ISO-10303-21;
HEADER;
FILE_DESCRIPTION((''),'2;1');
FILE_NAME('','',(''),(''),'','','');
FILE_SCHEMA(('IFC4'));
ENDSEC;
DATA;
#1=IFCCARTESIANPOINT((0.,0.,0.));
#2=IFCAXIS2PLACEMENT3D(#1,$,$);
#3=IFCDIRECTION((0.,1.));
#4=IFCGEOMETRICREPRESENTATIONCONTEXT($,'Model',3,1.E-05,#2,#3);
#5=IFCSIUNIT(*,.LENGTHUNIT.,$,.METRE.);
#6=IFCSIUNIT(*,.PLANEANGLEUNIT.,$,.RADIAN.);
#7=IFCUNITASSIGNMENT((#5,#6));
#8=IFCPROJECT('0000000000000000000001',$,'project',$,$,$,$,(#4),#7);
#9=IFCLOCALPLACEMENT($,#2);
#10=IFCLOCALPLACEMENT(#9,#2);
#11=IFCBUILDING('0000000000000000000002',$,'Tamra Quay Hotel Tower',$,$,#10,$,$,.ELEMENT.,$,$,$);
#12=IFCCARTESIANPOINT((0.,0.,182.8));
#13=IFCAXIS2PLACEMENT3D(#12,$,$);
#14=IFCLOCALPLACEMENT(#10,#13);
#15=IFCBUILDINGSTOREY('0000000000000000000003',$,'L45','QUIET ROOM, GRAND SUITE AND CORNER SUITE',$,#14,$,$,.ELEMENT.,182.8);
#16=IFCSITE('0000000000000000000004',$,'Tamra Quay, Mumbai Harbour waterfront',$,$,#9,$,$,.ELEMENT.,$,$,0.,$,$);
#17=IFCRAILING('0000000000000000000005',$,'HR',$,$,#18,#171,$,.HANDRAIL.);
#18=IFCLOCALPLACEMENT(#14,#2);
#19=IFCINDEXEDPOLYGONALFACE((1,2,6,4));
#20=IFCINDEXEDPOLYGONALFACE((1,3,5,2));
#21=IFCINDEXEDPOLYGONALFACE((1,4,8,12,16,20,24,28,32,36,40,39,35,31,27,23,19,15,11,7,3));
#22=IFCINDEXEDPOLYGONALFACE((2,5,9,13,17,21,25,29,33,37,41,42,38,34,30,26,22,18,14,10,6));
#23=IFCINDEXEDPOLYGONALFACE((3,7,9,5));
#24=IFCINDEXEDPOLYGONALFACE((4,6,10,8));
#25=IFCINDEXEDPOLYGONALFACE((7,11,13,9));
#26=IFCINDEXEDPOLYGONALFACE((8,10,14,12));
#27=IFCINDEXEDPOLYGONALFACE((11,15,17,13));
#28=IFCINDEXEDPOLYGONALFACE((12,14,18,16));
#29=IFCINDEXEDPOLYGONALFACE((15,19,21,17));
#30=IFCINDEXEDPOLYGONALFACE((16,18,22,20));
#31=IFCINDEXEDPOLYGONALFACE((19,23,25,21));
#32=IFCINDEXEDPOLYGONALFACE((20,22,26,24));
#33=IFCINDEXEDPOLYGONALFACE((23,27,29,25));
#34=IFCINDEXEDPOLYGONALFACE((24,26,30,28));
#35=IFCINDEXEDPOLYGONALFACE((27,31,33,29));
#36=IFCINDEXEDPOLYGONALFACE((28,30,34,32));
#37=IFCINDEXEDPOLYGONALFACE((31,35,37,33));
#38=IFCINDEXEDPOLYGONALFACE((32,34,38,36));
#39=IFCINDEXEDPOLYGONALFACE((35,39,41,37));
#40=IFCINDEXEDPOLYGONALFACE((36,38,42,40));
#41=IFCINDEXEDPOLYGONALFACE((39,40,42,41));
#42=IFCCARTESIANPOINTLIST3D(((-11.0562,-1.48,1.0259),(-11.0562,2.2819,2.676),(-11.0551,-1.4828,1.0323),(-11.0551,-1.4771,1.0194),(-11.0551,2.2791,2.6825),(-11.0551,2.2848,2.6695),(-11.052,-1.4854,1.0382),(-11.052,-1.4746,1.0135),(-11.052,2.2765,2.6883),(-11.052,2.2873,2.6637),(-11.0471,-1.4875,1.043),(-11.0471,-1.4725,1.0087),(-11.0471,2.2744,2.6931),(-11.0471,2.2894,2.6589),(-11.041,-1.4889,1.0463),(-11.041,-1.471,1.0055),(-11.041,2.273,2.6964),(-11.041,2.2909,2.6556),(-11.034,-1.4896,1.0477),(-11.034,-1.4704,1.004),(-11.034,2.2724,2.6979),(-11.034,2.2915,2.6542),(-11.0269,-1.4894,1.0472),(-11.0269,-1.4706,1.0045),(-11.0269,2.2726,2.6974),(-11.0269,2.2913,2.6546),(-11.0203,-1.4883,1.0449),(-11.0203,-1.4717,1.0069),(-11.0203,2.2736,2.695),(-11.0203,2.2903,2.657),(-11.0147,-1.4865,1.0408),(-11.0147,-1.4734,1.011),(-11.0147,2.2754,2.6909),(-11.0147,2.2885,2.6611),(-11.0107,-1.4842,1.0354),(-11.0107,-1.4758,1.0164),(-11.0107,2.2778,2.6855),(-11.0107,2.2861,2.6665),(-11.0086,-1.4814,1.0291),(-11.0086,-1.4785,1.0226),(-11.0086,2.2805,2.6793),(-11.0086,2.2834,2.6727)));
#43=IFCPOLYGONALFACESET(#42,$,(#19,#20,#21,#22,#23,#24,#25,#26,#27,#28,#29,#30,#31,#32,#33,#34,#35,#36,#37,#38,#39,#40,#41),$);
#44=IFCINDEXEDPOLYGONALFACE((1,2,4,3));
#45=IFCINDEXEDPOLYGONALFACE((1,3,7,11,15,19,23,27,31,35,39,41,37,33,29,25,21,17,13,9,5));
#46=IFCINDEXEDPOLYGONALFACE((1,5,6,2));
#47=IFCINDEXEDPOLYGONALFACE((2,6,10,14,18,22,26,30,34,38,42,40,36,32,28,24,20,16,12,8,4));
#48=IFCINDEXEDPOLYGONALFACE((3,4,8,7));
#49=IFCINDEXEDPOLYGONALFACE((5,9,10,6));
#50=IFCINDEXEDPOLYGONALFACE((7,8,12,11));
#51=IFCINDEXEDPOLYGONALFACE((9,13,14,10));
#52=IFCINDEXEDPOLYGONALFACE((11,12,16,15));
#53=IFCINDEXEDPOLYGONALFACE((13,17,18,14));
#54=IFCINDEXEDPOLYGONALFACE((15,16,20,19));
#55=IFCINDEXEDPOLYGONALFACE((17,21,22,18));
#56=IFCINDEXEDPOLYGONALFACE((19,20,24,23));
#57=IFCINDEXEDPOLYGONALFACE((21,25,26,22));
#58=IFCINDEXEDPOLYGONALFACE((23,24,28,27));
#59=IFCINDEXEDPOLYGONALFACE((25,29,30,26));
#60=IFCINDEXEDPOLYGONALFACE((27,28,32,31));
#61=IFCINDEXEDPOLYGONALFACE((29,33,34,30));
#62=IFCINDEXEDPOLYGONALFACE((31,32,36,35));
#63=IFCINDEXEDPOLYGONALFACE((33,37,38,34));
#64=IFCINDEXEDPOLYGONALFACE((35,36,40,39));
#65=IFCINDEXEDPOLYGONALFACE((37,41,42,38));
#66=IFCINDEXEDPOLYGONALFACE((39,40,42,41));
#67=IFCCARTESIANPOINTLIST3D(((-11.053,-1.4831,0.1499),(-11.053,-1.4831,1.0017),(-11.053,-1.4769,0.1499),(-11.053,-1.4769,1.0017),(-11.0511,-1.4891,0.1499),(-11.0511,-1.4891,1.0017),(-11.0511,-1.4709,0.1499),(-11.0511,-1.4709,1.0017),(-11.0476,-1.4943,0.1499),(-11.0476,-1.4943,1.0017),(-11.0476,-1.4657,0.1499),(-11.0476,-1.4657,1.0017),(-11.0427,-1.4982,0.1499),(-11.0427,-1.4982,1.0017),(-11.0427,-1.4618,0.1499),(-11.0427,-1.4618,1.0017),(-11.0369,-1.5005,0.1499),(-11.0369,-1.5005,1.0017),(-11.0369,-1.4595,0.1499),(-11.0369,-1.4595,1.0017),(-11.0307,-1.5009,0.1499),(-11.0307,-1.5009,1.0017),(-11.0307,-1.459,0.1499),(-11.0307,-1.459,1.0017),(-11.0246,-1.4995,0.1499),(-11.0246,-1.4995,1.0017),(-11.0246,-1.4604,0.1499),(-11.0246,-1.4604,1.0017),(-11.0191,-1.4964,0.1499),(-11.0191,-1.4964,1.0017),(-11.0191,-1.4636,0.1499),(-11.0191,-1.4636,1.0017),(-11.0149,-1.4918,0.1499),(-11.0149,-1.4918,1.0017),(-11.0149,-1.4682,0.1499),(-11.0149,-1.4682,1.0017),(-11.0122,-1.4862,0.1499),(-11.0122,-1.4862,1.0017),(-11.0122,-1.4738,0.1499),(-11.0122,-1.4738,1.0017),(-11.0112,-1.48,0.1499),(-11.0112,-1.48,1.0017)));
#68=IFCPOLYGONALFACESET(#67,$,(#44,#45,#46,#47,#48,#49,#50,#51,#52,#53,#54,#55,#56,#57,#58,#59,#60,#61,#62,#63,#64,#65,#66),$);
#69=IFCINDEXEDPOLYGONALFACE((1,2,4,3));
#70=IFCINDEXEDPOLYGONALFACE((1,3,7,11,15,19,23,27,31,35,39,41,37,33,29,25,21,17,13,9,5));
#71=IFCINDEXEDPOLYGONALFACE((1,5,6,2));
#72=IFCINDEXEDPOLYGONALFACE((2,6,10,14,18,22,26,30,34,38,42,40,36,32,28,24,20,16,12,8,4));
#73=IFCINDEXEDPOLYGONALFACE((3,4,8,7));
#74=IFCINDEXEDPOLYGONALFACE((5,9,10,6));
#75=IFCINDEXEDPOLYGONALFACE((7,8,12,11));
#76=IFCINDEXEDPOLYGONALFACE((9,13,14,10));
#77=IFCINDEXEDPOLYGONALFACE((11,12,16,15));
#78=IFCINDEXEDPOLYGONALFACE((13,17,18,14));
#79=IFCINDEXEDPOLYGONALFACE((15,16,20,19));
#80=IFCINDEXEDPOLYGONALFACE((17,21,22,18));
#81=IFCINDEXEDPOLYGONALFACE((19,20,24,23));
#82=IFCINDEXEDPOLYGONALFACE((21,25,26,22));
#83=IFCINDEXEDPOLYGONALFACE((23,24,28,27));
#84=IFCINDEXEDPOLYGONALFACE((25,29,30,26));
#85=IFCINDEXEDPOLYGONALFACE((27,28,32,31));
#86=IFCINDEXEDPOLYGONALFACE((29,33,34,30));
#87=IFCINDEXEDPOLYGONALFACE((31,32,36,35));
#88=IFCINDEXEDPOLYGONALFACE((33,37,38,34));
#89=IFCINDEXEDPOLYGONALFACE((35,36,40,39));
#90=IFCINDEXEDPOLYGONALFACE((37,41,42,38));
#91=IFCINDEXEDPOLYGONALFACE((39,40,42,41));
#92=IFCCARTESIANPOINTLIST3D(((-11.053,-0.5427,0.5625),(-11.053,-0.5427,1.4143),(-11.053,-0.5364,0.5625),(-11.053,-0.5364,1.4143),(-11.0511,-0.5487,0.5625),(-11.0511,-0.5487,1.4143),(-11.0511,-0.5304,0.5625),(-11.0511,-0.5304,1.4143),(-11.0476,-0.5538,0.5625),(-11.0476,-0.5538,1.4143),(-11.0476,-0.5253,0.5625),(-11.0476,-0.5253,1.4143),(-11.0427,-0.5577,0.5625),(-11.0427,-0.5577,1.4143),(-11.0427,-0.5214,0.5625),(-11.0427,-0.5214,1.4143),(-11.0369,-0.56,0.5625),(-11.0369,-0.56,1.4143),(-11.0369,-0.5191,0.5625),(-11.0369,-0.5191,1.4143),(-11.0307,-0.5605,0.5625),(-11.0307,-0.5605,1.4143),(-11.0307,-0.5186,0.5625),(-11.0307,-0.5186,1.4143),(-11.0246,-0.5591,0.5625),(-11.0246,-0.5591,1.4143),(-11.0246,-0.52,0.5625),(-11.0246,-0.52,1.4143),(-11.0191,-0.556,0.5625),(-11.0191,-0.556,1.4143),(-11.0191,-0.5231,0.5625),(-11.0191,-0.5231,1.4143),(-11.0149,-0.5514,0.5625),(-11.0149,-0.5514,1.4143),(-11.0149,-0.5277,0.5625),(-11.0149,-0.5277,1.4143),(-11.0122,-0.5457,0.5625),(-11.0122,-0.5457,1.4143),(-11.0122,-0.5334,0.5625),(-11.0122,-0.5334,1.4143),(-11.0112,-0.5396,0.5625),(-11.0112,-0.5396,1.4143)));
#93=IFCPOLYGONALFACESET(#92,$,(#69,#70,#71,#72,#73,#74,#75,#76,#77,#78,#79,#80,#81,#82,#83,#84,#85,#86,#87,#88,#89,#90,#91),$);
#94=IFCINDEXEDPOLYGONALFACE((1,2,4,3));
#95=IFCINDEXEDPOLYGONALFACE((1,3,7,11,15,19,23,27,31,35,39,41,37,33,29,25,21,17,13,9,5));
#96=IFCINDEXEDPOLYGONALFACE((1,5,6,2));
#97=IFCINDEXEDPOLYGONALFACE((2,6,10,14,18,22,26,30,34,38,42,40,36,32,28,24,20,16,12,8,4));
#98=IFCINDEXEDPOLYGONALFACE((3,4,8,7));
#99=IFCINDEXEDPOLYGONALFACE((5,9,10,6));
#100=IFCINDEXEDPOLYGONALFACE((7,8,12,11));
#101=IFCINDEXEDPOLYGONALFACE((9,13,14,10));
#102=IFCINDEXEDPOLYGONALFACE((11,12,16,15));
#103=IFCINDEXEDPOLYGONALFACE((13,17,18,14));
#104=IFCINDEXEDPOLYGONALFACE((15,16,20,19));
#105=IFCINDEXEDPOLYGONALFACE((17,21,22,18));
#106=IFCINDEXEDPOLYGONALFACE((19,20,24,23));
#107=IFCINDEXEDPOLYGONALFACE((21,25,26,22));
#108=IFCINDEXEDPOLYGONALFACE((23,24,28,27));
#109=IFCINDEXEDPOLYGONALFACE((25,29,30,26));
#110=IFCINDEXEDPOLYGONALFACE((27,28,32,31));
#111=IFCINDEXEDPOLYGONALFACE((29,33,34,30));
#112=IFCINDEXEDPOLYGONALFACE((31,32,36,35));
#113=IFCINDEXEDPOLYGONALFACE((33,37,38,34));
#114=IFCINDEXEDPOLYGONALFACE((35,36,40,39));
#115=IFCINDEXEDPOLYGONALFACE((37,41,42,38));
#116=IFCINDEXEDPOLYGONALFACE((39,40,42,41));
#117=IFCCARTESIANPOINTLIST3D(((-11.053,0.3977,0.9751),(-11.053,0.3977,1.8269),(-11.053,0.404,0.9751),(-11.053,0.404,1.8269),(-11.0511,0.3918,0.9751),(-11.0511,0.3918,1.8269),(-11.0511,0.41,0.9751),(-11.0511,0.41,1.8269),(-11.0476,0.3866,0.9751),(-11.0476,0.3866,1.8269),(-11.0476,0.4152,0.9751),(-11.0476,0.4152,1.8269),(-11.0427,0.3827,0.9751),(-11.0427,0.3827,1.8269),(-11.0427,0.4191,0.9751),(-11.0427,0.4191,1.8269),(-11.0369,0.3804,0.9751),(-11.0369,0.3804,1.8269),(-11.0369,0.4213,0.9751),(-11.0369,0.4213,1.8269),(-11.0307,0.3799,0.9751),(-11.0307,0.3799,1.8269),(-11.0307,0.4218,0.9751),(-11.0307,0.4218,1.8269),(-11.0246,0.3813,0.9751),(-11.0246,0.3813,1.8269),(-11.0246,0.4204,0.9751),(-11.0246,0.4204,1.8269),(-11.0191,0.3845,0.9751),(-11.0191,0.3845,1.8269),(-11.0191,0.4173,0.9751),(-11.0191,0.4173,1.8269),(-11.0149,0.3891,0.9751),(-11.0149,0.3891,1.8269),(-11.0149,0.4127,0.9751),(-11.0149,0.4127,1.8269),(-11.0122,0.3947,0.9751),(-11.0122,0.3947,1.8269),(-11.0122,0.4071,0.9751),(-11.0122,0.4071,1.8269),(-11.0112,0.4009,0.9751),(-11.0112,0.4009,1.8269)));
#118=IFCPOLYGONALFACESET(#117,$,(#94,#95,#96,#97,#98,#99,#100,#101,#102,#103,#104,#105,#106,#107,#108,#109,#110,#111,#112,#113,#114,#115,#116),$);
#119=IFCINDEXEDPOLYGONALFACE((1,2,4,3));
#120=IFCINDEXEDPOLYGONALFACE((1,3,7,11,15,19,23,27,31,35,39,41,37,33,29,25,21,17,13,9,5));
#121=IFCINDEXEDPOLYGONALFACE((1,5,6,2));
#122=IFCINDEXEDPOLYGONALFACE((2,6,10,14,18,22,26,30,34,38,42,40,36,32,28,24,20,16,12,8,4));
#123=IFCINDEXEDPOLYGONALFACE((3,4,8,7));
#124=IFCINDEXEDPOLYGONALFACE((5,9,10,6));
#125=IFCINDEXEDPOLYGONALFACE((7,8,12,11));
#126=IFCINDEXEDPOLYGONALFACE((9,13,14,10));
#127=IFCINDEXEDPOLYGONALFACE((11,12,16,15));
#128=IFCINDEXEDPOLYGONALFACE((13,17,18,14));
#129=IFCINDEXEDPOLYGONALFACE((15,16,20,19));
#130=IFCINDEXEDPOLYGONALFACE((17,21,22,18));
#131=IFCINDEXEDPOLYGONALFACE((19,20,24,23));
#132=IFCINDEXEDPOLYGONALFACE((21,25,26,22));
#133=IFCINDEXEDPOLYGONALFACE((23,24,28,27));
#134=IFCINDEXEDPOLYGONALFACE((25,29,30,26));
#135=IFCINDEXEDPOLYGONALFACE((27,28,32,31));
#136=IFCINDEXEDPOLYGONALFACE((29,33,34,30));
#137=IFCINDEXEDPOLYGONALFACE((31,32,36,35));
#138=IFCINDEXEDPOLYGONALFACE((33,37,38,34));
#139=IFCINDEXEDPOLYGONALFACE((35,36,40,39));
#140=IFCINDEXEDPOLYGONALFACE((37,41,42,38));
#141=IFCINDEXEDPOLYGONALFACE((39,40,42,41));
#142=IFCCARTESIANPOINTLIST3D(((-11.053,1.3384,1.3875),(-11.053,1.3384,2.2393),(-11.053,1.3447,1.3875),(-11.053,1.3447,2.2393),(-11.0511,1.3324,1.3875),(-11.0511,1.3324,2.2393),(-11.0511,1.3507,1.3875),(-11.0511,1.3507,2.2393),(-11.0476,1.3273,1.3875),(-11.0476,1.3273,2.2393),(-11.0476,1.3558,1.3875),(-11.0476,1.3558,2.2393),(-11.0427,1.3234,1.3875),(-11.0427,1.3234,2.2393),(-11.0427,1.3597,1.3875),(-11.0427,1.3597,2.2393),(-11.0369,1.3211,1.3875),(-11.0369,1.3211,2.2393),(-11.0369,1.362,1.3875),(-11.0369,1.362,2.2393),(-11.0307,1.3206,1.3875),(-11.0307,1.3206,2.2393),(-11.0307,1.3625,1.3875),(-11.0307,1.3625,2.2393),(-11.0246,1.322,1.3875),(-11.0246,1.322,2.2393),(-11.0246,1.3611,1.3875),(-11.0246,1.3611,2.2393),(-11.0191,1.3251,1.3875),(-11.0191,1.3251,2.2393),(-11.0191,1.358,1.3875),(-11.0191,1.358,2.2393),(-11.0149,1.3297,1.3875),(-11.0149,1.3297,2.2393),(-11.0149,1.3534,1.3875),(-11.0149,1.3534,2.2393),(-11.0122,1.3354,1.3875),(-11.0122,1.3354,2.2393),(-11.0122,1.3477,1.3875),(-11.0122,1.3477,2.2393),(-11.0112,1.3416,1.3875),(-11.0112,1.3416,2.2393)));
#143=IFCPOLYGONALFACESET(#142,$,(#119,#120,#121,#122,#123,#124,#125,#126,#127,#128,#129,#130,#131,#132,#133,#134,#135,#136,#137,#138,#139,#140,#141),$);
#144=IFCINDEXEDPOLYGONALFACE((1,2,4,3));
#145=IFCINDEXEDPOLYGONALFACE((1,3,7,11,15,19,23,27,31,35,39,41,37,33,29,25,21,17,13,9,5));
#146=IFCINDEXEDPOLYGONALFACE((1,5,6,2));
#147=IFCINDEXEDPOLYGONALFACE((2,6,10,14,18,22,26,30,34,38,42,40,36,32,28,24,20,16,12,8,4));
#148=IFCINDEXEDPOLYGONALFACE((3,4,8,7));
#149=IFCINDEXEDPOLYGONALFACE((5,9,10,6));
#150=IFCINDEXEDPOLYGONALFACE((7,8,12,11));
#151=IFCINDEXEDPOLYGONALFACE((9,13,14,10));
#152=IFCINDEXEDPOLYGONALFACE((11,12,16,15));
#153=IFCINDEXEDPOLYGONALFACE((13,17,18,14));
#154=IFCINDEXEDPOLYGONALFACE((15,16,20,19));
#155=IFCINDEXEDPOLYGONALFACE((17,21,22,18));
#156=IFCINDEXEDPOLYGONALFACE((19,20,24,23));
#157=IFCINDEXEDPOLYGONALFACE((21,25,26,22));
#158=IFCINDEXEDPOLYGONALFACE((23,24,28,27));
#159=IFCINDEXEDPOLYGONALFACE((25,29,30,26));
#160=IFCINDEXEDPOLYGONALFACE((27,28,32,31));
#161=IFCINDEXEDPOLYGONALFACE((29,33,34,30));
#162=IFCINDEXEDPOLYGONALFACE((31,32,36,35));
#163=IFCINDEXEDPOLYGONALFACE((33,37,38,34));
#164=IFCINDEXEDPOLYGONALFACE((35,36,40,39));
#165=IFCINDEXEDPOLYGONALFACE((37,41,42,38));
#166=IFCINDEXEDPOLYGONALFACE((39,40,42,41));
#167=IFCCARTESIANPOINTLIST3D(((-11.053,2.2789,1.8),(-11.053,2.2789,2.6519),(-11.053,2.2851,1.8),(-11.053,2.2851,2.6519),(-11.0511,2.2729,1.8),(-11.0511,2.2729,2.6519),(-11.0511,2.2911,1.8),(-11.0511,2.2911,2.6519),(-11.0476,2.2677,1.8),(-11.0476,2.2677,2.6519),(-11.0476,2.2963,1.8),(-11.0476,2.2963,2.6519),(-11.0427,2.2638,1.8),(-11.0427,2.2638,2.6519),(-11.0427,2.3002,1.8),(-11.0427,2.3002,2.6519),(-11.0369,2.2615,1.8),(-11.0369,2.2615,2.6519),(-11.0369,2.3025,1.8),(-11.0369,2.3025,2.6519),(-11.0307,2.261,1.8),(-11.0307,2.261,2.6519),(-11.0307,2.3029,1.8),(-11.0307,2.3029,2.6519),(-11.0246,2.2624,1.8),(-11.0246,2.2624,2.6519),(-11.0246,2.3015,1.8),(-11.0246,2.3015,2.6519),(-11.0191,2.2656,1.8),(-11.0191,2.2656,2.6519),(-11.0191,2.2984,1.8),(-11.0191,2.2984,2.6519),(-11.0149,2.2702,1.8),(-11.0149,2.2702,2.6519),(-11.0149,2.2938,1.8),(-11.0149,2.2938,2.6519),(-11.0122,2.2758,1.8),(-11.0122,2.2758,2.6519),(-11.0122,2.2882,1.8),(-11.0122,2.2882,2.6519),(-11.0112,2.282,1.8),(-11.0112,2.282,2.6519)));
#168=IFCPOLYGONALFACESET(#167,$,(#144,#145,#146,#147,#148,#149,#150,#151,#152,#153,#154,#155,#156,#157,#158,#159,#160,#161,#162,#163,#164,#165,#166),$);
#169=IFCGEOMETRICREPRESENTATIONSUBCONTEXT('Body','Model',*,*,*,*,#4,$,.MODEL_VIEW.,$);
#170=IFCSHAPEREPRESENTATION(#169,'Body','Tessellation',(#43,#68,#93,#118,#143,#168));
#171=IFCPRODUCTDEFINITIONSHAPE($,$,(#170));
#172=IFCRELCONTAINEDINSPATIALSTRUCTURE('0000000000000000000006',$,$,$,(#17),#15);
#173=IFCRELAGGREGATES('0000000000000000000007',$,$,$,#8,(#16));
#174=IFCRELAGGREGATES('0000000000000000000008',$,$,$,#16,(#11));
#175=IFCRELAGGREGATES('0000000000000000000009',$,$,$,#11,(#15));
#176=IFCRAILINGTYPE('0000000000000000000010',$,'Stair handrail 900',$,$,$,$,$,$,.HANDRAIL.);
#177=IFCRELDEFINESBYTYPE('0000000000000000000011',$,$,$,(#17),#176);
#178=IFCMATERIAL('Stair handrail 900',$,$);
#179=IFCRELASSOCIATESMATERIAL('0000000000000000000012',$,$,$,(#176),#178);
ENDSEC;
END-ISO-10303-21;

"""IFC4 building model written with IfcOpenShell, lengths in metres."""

from ifc_helpers import new_model, si_unit, direction, frame, origin, origin_2d, place, context, subcontext, project, spatial, circle, extrude, material, type_object, element, save


model = new_model("IFC4")

# Units and contexts
model_context = context("Model", 3, precision=1e-05, world=origin(), true_north=direction((0.0, 1.0)))
body_context = subcontext(model_context, "Body", "Model", "MODEL_VIEW")
ifc_project = project(units=[si_unit("LENGTHUNIT", "METRE"), si_unit("PLANEANGLEUNIT", "RADIAN")], contexts=[model_context])

# Site, building, storey
site_placement = place(None, origin())
site = spatial("IfcSite", under=ifc_project, at=site_placement, Name="Tamra Quay, Mumbai Harbour waterfront", CompositionType="ELEMENT", RefElevation=0.0)
building_placement = place(site_placement, origin())
building = spatial("IfcBuilding", under=site, at=building_placement, Name="Tamra Quay Hotel Tower", CompositionType="ELEMENT")
storey_placement = place(building_placement, frame((0.0, 0.0, 182.8)))
storey = spatial("IfcBuildingStorey", under=building, at=storey_placement, Name="L45", Description="QUIET ROOM, GRAND SUITE AND CORNER SUITE", CompositionType="ELEMENT", Elevation=182.8)

# Railing
ifc_material_1 = material(Name="Stair handrail 900")
railing_type = type_object("IfcRailingType", Name="Stair handrail 900", PredefinedType="HANDRAIL", material=ifc_material_1)
railing_placement = place(storey_placement, frame((-11.0322, -1.48, 0.1499)))
element("IfcRailing", 1, at=railing_placement, inside=storey, type_object=railing_type, Name="HR", PredefinedType="HANDRAIL", context=body_context, shape_type="SweptSolid", body=[
    extrude(circle(Radius=0.0239, at=origin_2d()), frame((0.0, 0.0, 0.876), z_axis=(0.0, 0.915774, 0.401695), x_axis=(-1.0, 0.0, 0.0)), (0.0, 0.0, 1.0), 4.1079),
    extrude(circle(Radius=0.021, at=origin_2d()), origin(), (0.0, 0.0, 1.0), 0.8518),
    extrude(circle(Radius=0.021, at=origin_2d()), frame((0.0, 0.9404, 0.4126)), (0.0, 0.0, 1.0), 0.8518),
    extrude(circle(Radius=0.021, at=origin_2d()), frame((0.0, 1.8809, 0.8252)), (0.0, 0.0, 1.0), 0.8518),
    extrude(circle(Radius=0.021, at=origin_2d()), frame((0.0, 2.8215, 1.2375)), (0.0, 0.0, 1.0), 0.8518),
    extrude(circle(Radius=0.021, at=origin_2d()), frame((0.0, 3.762, 1.6501)), (0.0, 0.0, 1.0), 0.8518),
])

save(model, "model.ifc")
